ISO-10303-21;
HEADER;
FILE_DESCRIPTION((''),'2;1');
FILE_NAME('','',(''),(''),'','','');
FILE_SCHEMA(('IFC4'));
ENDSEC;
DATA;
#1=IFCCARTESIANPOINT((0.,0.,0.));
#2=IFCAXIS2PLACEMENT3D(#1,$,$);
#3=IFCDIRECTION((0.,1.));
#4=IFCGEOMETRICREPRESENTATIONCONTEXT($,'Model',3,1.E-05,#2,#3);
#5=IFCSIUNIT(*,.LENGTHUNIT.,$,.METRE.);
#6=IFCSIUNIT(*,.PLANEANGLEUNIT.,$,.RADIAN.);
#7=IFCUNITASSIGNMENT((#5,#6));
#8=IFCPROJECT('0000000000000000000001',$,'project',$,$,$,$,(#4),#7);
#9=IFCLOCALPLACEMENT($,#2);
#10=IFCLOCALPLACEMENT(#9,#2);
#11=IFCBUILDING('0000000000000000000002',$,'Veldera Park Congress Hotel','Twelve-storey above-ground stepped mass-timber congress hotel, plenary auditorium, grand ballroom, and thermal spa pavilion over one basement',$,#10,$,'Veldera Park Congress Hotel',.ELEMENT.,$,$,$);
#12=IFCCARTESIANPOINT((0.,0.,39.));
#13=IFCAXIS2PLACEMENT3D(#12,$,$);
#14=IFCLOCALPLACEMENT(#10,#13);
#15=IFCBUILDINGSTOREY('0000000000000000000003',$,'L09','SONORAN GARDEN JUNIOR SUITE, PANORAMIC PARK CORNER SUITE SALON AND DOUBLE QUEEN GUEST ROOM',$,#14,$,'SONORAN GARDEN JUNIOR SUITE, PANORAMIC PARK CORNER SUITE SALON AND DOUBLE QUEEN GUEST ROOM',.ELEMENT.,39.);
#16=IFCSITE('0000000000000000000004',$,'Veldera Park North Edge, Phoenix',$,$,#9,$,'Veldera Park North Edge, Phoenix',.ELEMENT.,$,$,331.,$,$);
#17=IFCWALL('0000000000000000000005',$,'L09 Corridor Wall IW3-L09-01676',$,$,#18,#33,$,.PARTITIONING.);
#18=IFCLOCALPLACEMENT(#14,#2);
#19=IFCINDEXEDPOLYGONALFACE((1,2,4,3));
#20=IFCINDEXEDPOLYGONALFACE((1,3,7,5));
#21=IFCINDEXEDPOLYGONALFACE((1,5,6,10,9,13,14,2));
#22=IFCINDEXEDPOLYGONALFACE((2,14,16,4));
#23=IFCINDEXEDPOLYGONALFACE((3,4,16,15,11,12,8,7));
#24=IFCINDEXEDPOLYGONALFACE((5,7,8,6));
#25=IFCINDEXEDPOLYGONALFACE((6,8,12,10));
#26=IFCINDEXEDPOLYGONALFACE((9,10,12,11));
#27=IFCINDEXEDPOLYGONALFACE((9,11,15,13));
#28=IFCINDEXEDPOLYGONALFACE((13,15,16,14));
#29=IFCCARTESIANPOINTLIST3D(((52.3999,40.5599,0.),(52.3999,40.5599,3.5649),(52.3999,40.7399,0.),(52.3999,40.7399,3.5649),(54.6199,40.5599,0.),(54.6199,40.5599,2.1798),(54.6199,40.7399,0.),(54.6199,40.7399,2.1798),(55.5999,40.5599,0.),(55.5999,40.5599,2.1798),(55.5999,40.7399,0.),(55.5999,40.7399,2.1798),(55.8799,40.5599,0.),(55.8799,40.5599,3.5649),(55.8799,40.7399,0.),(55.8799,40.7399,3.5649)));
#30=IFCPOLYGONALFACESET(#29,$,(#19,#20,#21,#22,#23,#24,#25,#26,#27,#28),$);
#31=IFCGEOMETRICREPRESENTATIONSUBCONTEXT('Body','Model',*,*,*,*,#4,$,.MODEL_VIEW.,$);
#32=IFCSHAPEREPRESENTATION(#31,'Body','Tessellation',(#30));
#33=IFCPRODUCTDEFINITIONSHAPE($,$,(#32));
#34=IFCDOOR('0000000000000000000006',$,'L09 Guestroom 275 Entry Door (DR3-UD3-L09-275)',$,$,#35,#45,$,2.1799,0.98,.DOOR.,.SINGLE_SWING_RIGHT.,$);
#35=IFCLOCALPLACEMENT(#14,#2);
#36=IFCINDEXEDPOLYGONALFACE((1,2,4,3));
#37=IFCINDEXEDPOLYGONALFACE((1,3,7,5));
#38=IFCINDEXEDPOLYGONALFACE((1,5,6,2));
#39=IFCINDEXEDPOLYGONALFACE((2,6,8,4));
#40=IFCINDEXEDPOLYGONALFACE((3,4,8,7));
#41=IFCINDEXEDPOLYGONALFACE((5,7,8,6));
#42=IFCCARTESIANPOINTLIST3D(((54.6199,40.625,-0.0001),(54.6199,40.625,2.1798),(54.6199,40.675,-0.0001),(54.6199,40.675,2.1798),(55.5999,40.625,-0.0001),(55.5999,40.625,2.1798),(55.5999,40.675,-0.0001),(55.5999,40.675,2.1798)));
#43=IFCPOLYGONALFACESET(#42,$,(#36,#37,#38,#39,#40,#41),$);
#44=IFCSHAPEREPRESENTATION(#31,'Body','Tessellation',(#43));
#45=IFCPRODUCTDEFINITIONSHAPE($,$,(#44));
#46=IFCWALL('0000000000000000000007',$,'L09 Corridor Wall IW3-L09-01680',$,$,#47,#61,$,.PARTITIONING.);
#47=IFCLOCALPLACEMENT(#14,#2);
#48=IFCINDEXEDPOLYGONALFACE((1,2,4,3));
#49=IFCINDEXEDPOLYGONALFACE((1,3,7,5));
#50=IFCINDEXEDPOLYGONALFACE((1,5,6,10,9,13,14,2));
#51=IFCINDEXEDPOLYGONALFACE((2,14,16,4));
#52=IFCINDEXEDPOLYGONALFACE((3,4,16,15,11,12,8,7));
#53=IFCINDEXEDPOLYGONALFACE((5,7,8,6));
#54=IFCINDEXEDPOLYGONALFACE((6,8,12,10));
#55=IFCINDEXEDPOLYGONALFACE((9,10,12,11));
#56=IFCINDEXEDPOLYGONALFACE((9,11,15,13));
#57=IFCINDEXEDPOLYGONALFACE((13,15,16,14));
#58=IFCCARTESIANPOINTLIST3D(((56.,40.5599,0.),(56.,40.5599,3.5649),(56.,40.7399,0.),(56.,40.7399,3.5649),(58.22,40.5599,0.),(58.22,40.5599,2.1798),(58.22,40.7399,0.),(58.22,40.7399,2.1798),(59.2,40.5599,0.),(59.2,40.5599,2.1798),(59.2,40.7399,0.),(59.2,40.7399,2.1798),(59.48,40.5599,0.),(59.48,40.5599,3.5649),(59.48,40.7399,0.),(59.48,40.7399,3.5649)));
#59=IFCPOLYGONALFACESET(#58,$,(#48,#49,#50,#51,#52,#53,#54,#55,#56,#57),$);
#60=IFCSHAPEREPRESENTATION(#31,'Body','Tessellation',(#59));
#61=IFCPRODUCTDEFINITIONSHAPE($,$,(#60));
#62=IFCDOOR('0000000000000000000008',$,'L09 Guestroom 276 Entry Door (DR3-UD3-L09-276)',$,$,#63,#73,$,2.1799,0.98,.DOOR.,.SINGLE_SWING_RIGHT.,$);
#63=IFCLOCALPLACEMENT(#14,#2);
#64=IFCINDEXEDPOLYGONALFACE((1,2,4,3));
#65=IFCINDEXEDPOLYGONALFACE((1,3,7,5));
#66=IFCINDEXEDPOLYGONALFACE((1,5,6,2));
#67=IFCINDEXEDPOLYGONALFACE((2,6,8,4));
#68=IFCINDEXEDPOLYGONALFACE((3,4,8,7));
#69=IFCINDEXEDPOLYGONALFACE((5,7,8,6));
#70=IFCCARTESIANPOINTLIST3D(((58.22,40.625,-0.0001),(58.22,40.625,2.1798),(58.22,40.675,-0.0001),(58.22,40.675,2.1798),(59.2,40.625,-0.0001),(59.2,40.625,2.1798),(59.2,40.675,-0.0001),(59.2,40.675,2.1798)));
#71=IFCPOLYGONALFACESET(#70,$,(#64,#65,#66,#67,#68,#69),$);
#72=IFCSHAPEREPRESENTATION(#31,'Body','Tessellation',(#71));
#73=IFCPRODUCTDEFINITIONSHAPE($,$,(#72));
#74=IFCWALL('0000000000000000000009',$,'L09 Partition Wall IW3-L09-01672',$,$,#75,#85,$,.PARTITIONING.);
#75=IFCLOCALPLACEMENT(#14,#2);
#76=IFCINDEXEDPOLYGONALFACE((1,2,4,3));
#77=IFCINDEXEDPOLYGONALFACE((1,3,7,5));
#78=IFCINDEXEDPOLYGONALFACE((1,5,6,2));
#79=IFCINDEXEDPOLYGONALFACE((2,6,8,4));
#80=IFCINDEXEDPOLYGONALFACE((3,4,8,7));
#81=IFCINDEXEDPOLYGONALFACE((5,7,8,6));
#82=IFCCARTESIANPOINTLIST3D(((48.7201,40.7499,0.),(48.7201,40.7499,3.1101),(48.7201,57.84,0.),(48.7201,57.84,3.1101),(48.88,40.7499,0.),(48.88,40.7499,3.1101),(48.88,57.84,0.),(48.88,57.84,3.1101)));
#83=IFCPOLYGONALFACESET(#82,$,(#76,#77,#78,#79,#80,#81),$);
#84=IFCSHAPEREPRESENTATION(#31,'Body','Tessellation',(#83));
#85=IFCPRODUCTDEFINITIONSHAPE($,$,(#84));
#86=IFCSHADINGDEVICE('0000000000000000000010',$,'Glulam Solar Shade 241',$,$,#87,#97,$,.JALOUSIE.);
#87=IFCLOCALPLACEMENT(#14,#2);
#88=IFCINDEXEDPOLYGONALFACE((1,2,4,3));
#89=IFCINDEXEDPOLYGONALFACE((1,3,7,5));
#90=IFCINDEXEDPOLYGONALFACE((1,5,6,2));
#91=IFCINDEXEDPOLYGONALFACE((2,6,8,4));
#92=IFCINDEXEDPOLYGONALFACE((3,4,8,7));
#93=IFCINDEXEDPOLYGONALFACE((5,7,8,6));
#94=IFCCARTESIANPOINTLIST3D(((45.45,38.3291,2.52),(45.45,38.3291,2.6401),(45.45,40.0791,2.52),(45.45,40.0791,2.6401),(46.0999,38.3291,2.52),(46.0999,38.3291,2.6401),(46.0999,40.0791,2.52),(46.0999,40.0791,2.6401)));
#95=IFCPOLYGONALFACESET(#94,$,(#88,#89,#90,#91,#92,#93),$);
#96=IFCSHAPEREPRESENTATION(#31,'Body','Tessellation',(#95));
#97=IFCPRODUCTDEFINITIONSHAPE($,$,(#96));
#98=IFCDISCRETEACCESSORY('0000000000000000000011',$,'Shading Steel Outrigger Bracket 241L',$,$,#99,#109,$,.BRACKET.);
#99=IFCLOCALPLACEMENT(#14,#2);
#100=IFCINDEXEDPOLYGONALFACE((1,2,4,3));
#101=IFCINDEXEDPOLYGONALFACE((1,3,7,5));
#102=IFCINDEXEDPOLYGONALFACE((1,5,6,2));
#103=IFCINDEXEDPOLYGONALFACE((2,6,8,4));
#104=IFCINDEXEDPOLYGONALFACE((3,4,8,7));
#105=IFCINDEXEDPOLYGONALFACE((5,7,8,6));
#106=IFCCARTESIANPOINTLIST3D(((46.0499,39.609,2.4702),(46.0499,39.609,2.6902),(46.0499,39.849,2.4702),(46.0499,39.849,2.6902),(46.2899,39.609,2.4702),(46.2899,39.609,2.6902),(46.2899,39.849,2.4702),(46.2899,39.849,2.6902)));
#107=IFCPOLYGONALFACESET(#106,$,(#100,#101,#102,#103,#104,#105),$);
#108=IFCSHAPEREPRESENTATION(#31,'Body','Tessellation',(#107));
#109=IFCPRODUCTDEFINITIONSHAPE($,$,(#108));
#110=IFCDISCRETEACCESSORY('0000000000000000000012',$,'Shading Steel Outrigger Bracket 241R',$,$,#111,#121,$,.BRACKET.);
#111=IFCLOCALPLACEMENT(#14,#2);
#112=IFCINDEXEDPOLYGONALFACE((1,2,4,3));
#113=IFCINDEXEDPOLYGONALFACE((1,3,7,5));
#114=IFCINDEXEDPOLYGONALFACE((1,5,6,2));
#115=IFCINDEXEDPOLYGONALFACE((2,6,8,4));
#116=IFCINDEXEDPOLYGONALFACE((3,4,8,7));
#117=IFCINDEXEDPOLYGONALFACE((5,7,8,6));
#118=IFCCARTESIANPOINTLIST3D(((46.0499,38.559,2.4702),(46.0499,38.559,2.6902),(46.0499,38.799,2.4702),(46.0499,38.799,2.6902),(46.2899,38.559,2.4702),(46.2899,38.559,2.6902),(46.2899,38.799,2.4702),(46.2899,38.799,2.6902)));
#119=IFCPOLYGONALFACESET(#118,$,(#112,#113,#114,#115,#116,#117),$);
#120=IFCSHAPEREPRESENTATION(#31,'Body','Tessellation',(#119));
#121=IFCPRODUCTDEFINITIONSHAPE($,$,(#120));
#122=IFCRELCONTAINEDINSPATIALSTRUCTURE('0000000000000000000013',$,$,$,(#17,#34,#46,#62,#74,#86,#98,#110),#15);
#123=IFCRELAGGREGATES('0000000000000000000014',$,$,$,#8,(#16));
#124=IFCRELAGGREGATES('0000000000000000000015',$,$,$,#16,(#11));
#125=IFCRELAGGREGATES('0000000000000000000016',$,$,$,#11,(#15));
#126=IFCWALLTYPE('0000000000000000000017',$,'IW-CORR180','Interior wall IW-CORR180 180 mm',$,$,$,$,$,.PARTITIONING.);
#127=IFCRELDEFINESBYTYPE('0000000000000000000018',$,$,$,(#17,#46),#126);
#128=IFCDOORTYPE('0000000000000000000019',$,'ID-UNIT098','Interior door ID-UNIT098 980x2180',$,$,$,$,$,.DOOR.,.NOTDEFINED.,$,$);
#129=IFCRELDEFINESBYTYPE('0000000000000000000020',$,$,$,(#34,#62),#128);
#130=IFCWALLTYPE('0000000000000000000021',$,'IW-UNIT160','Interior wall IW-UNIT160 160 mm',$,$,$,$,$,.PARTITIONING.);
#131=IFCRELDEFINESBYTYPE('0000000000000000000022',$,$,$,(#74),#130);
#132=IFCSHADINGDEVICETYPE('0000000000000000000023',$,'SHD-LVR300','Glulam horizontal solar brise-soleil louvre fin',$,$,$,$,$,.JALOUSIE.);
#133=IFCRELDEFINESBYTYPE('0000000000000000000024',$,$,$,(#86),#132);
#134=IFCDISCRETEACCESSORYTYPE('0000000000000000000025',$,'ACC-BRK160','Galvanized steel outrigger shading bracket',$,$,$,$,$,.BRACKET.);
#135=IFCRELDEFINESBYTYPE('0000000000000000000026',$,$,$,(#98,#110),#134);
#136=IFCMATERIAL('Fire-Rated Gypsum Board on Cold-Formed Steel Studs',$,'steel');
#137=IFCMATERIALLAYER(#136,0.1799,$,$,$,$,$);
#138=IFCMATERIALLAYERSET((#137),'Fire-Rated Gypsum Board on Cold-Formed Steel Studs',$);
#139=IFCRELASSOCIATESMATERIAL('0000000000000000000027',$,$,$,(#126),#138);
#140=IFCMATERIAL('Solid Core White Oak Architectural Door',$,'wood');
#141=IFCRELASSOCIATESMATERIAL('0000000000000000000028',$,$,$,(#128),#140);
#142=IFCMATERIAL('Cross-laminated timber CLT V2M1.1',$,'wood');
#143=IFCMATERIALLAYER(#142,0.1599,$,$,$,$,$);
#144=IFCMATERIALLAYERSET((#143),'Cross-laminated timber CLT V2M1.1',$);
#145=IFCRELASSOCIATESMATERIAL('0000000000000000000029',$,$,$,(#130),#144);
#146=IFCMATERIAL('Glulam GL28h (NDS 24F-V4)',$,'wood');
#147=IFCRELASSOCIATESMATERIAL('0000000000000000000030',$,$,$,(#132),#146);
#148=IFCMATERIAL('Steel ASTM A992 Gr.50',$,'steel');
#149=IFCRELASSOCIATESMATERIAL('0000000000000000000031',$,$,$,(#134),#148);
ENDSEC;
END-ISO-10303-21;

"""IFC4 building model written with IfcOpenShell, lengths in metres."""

from ifc_helpers import new_model, si_unit, direction, frame, frame_2d, origin, origin_2d, place, context, subcontext, project, spatial, rectangle, extrude, material, layer, layer_set, type_object, element, fill, save


model = new_model("IFC4")

# Units and contexts
model_context = context("Model", 3, precision=1e-05, world=origin(), true_north=direction((0.0, 1.0)))
body_context = subcontext(model_context, "Body", "Model", "MODEL_VIEW")
ifc_project = project(units=[si_unit("LENGTHUNIT", "METRE"), si_unit("PLANEANGLEUNIT", "RADIAN")], contexts=[model_context])

# Site, building, storey
site_placement = place(None, origin())
site = spatial("IfcSite", under=ifc_project, at=site_placement, Name="Veldera Park North Edge, Phoenix", LongName="Veldera Park North Edge, Phoenix", CompositionType="ELEMENT", RefElevation=331.0)
building_placement = place(site_placement, origin())
building = spatial("IfcBuilding", under=site, at=building_placement, Name="Veldera Park Congress Hotel", Description="Twelve-storey above-ground stepped mass-timber congress hotel, plenary auditorium, grand ballroom, and thermal spa pavilion over one basement", LongName="Veldera Park Congress Hotel", CompositionType="ELEMENT")
storey_placement = place(building_placement, frame((0.0, 0.0, 39.0)))
storey = spatial("IfcBuildingStorey", under=building, at=storey_placement, Name="L09", Description="SONORAN GARDEN JUNIOR SUITE, PANORAMIC PARK CORNER SUITE SALON AND DOUBLE QUEEN GUEST ROOM", LongName="SONORAN GARDEN JUNIOR SUITE, PANORAMIC PARK CORNER SUITE SALON AND DOUBLE QUEEN GUEST ROOM", CompositionType="ELEMENT", Elevation=39.0)

# Shared definitions
ifc_material_1 = material(Name="Glulam GL28h (NDS 24F-V4)", Category="wood")

# Walls, openings, doors
ifc_material_2 = material(Name="Fire-Rated Gypsum Board on Cold-Formed Steel Studs", Category="steel")
ifc_layer_1 = layer(ifc_material_2, 0.1799)
ifc_layer_set_1 = layer_set([ifc_layer_1], Name="Fire-Rated Gypsum Board on Cold-Formed Steel Studs")
wall_type_1 = type_object("IfcWallType", Name="IW-CORR180", Description="Interior wall IW-CORR180 180 mm", PredefinedType="PARTITIONING", material=ifc_layer_set_1)
ifc_material_3 = material(Name="Solid Core White Oak Architectural Door", Category="wood")
door_type = type_object("IfcDoorType", Name="ID-UNIT098", Description="Interior door ID-UNIT098 980x2180", OperationType="NOTDEFINED", PredefinedType="DOOR", material=ifc_material_3)
wall_1_placement = place(storey_placement, frame((52.3999, 40.6499, 0.0), z_axis=(0.0, 0.0, 1.0), x_axis=(1.0, 0.0, 0.0)))
wall_1 = element("IfcWall", 1, at=wall_1_placement, inside=storey, type_object=wall_type_1, Name="L09 Corridor Wall IW3-L09-01676", PredefinedType="PARTITIONING", context=body_context, shape_type="SweptSolid", body=[
    extrude(rectangle(XDim=3.48, YDim=0.1799, at=frame_2d((1.74, 0.0))), origin(), (0.0, 0.0, 1.0), 3.5649),
])
opening_1_placement = place(wall_1_placement, frame((2.22, 0.0, 0.0)))
opening_1 = element("IfcOpeningElement", 2, at=opening_1_placement, cuts=wall_1, PredefinedType="OPENING", context=body_context, shape_type="SweptSolid", body=[
    extrude(rectangle(XDim=0.98, YDim=2.1799, at=frame_2d((0.49, 1.0898))), frame((0.0, 0.1021, 0.0), z_axis=(0.0, -1.0, 0.0), x_axis=(1.0, 0.0, 0.0)), (0.0, 0.0, 1.0), 0.2039),
])
door_1_placement = place(opening_1_placement, frame((0.98, 0.0, 0.0), z_axis=(0.0, 0.0, 1.0), x_axis=(-1.0, 0.0, 0.0)))
door_1 = element("IfcDoor", 3, at=door_1_placement, inside=storey, type_object=door_type, Name="L09 Guestroom 275 Entry Door (DR3-UD3-L09-275)", OperationType="SINGLE_SWING_RIGHT", OverallHeight=2.1799, OverallWidth=0.98, PredefinedType="DOOR", context=body_context, shape_type="SweptSolid", body=[
    extrude(rectangle(XDim=0.98, YDim=2.1799, at=frame_2d((0.49, 1.0898))), frame((0.0, 0.0249, 0.0), z_axis=(0.0, -1.0, 0.0), x_axis=(1.0, 0.0, 0.0)), (0.0, 0.0, 1.0), 0.05),
])
fill(opening_1, door_1)
wall_2_placement = place(storey_placement, frame((56.0, 40.6499, 0.0), z_axis=(0.0, 0.0, 1.0), x_axis=(1.0, 0.0, 0.0)))
wall_2 = element("IfcWall", 4, at=wall_2_placement, inside=storey, type_object=wall_type_1, Name="L09 Corridor Wall IW3-L09-01680", PredefinedType="PARTITIONING", context=body_context, shape_type="SweptSolid", body=[
    extrude(rectangle(XDim=3.48, YDim=0.1799, at=frame_2d((1.74, 0.0))), origin(), (0.0, 0.0, 1.0), 3.5649),
])
opening_2_placement = place(wall_2_placement, frame((2.22, 0.0, 0.0)))
opening_2 = element("IfcOpeningElement", 5, at=opening_2_placement, cuts=wall_2, PredefinedType="OPENING", context=body_context, shape_type="SweptSolid", body=[
    extrude(rectangle(XDim=0.98, YDim=2.1799, at=frame_2d((0.49, 1.0898))), frame((0.0, 0.1021, 0.0), z_axis=(0.0, -1.0, 0.0), x_axis=(1.0, 0.0, 0.0)), (0.0, 0.0, 1.0), 0.2039),
])
door_2_placement = place(opening_2_placement, frame((0.98, 0.0, 0.0), z_axis=(0.0, 0.0, 1.0), x_axis=(-1.0, 0.0, 0.0)))
door_2 = element("IfcDoor", 6, at=door_2_placement, inside=storey, type_object=door_type, Name="L09 Guestroom 276 Entry Door (DR3-UD3-L09-276)", OperationType="SINGLE_SWING_RIGHT", OverallHeight=2.1799, OverallWidth=0.98, PredefinedType="DOOR", context=body_context, shape_type="SweptSolid", body=[
    extrude(rectangle(XDim=0.98, YDim=2.1799, at=frame_2d((0.49, 1.0898))), frame((0.0, 0.0249, 0.0), z_axis=(0.0, -1.0, 0.0), x_axis=(1.0, 0.0, 0.0)), (0.0, 0.0, 1.0), 0.05),
])
fill(opening_2, door_2)

# Wall
ifc_material_4 = material(Name="Cross-laminated timber CLT V2M1.1", Category="wood")
ifc_layer_2 = layer(ifc_material_4, 0.1599)
ifc_layer_set_2 = layer_set([ifc_layer_2], Name="Cross-laminated timber CLT V2M1.1")
wall_type_2 = type_object("IfcWallType", Name="IW-UNIT160", Description="Interior wall IW-UNIT160 160 mm", PredefinedType="PARTITIONING", material=ifc_layer_set_2)
wall_3_placement = place(storey_placement, frame((48.8, 40.75, 0.0), z_axis=(0.0, 0.0, 1.0), x_axis=(0.0, 1.0, 0.0)))
element("IfcWall", 7, at=wall_3_placement, inside=storey, type_object=wall_type_2, Name="L09 Partition Wall IW3-L09-01672", PredefinedType="PARTITIONING", context=body_context, shape_type="SweptSolid", body=[
    extrude(rectangle(XDim=17.0901, YDim=0.1599, at=frame_2d((8.5449, 0.0))), origin(), (0.0, 0.0, 1.0), 3.1101),
])

# Shading device
shading_device_type = type_object("IfcShadingDeviceType", Name="SHD-LVR300", Description="Glulam horizontal solar brise-soleil louvre fin", PredefinedType="JALOUSIE", material=ifc_material_1)
shading_device_placement = place(storey_placement, frame((45.7749, 39.2041, 2.52), z_axis=(0.0, 0.0, 1.0), x_axis=(0.0, -1.0, 0.0)))
element("IfcShadingDevice", 8, at=shading_device_placement, inside=storey, type_object=shading_device_type, Name="Glulam Solar Shade 241", PredefinedType="JALOUSIE", context=body_context, shape_type="SweptSolid", body=[
    extrude(rectangle(XDim=1.75, YDim=0.6499, at=origin_2d()), origin(), (0.0, 0.0, 1.0), 0.1201),
])

# Discrete accessories
ifc_material_5 = material(Name="Steel ASTM A992 Gr.50", Category="steel")
discrete_accessory_type = type_object("IfcDiscreteAccessoryType", Name="ACC-BRK160", Description="Galvanized steel outrigger shading bracket", PredefinedType="BRACKET", material=ifc_material_5)
for number, where, z_axis, x_axis, name in (
    (9, (46.1699, 39.729, 2.4702), (0.0, 0.0, 1.0), (0.0, -1.0, 0.0), "Shading Steel Outrigger Bracket 241L"),
    (10, (46.1699, 38.679, 2.4702), (0.0, 0.0, 1.0), (0.0, -1.0, 0.0), "Shading Steel Outrigger Bracket 241R"),
):
    element("IfcDiscreteAccessory", number, at=place(storey_placement, frame(where, z_axis=z_axis, x_axis=x_axis)), inside=storey, type_object=discrete_accessory_type, Name=name, PredefinedType="BRACKET", context=body_context, shape_type="SweptSolid", body=[
        extrude(rectangle(XDim=0.24, YDim=0.24, at=origin_2d()), origin(), (0.0, 0.0, 1.0), 0.22),
    ])

save(model, "model.ifc")
